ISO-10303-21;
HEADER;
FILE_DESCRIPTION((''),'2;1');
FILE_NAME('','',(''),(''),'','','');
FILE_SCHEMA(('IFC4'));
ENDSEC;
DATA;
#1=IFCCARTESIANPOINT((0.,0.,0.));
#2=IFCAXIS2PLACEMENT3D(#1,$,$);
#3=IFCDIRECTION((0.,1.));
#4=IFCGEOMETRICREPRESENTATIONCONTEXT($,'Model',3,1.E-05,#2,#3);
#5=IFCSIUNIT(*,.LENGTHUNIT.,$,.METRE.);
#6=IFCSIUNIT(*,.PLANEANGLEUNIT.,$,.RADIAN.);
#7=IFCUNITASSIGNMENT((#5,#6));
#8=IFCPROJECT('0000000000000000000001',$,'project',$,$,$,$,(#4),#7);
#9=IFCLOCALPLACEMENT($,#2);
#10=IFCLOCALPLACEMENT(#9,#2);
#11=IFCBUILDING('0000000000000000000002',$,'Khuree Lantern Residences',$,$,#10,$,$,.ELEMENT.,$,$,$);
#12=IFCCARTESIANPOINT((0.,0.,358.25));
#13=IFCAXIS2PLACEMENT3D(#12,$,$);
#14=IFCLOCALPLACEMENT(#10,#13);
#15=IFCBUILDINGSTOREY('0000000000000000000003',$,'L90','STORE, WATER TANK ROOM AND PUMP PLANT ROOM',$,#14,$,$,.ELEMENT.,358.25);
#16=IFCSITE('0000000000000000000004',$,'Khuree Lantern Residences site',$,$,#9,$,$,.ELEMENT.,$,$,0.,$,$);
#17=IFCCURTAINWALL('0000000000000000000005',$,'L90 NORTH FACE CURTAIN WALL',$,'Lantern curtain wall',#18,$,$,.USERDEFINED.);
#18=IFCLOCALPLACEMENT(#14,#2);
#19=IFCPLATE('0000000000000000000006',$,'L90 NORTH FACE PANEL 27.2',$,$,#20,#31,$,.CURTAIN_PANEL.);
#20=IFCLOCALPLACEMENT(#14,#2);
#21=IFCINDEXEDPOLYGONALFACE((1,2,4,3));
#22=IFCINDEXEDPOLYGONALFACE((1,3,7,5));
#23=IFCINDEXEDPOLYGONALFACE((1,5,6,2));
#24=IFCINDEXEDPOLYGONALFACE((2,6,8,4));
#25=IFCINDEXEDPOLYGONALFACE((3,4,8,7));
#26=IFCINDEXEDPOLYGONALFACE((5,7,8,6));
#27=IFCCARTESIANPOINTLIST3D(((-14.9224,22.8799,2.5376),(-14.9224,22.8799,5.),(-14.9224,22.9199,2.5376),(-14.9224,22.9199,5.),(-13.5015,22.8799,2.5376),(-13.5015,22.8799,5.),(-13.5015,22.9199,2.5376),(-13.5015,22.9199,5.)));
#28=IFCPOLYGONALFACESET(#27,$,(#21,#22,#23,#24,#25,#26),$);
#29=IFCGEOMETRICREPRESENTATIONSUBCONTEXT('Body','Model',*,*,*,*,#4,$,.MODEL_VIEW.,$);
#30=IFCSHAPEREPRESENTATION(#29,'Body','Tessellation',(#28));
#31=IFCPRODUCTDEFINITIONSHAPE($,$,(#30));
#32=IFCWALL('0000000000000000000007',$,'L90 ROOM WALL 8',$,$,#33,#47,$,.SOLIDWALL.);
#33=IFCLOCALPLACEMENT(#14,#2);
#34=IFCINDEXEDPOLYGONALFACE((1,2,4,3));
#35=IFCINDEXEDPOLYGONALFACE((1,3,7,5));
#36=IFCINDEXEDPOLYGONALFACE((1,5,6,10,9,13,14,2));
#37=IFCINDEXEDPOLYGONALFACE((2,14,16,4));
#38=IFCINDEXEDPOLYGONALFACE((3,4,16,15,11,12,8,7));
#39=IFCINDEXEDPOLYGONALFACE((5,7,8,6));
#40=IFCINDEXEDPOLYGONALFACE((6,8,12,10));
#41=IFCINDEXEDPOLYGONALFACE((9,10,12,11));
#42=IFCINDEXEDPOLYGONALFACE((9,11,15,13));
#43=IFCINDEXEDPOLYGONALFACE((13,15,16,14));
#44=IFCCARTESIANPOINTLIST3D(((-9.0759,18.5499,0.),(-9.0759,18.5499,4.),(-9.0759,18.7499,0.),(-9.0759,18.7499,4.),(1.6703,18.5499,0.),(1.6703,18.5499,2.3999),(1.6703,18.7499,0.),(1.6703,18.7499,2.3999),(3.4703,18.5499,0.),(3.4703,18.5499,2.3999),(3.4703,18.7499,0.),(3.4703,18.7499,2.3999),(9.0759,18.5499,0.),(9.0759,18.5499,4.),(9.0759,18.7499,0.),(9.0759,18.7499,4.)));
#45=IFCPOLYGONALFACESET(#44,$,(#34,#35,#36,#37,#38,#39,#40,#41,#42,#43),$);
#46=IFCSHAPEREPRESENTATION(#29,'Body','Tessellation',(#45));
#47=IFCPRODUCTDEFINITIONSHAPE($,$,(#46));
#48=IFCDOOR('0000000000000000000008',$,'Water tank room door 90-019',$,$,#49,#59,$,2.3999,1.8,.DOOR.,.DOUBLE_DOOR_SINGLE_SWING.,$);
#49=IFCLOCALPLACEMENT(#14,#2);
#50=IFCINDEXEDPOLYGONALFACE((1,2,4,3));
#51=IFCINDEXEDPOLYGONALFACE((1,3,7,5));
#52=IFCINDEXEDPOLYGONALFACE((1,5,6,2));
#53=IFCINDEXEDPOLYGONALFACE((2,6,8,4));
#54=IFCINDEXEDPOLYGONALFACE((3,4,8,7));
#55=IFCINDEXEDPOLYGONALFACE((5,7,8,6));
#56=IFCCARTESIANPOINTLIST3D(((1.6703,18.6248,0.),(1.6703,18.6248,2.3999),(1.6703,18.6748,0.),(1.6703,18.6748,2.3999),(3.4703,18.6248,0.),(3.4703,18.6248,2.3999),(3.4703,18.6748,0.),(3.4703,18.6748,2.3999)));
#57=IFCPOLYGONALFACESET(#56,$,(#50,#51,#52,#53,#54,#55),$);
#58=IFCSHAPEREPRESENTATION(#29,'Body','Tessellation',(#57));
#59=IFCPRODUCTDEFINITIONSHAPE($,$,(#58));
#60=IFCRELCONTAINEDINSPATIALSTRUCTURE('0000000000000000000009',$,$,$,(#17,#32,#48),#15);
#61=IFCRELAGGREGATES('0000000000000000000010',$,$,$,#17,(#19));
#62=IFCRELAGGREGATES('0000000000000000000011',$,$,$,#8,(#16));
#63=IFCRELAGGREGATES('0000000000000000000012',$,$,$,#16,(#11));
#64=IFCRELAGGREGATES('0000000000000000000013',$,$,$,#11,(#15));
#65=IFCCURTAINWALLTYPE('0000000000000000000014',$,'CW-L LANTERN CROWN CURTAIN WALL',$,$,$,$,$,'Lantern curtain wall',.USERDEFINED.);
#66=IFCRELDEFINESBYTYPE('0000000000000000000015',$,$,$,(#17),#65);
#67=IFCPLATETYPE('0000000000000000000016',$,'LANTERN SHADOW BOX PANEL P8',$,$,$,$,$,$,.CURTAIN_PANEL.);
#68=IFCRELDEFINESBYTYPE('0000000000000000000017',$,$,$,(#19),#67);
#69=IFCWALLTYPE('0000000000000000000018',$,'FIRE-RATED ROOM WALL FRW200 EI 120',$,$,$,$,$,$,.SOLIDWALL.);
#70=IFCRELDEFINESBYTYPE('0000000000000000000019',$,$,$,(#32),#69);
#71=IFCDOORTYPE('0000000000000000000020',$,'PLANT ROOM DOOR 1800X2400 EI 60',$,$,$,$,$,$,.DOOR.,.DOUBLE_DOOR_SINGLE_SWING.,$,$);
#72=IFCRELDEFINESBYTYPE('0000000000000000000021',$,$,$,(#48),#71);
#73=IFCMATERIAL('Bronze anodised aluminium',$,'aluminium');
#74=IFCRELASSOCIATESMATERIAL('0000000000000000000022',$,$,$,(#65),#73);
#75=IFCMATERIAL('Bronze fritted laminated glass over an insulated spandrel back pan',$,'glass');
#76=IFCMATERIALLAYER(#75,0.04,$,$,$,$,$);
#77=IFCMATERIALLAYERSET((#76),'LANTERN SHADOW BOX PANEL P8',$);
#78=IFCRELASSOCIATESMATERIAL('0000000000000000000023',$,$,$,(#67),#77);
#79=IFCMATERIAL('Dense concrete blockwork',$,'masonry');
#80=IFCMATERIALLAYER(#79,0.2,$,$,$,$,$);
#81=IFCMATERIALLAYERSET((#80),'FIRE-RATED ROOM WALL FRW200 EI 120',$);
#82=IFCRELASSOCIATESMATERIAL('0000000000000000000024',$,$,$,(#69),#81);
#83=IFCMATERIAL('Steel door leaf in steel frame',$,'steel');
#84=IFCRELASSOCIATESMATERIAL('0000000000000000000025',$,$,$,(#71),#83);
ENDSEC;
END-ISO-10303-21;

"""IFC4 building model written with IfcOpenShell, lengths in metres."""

from ifc_helpers import new_model, si_unit, direction, frame, frame_2d, origin, origin_2d, place, context, subcontext, project, spatial, rectangle, extrude, material, layer, layer_set, type_object, element, fill, aggregate, save


model = new_model("IFC4")

# Units and contexts
model_context = context("Model", 3, precision=1e-05, world=origin(), true_north=direction((0.0, 1.0)))
body_context = subcontext(model_context, "Body", "Model", "MODEL_VIEW")
ifc_project = project(units=[si_unit("LENGTHUNIT", "METRE"), si_unit("PLANEANGLEUNIT", "RADIAN")], contexts=[model_context])

# Site, building, storey
site_placement = place(None, origin())
site = spatial("IfcSite", under=ifc_project, at=site_placement, Name="Khuree Lantern Residences site", CompositionType="ELEMENT", RefElevation=0.0)
building_placement = place(site_placement, origin())
building = spatial("IfcBuilding", under=site, at=building_placement, Name="Khuree Lantern Residences", CompositionType="ELEMENT")
storey_placement = place(building_placement, frame((0.0, 0.0, 358.25)))
storey = spatial("IfcBuildingStorey", under=building, at=storey_placement, Name="L90", Description="STORE, WATER TANK ROOM AND PUMP PLANT ROOM", CompositionType="ELEMENT", Elevation=358.25)

# Curtain wall
ifc_material_1 = material(Name="Bronze anodised aluminium", Category="aluminium")
curtain_wall_type = type_object("IfcCurtainWallType", Name="CW-L LANTERN CROWN CURTAIN WALL", ElementType="Lantern curtain wall", PredefinedType="USERDEFINED", material=ifc_material_1)
curtain_wall_placement = place(storey_placement, origin())
curtain_wall = element("IfcCurtainWall", 1, at=curtain_wall_placement, inside=storey, type_object=curtain_wall_type, Name="L90 NORTH FACE CURTAIN WALL", ObjectType="Lantern curtain wall", PredefinedType="USERDEFINED")

# Plate
ifc_material_2 = material(Name="Bronze fritted laminated glass over an insulated spandrel back pan", Category="glass")
ifc_layer_1 = layer(ifc_material_2, 0.04)
ifc_layer_set_1 = layer_set([ifc_layer_1], Name="LANTERN SHADOW BOX PANEL P8")
plate_type = type_object("IfcPlateType", Name="LANTERN SHADOW BOX PANEL P8", PredefinedType="CURTAIN_PANEL", material=ifc_layer_set_1)
plate_1_placement = place(storey_placement, frame((-14.2119, 22.8999, 2.5376), z_axis=(0.0, 0.0, 1.0), x_axis=(-1.0, 0.0, 0.0)))
plate_1 = element("IfcPlate", 2, at=plate_1_placement, type_object=plate_type, Name="L90 NORTH FACE PANEL 27.2", PredefinedType="CURTAIN_PANEL", context=body_context, shape_type="SweptSolid", body=[
    extrude(rectangle(XDim=1.4209, YDim=0.04, at=origin_2d()), origin(), (0.0, 0.0, 1.0), 2.4624),
])
aggregate(curtain_wall, [plate_1])

# Wall, opening, door
ifc_material_3 = material(Name="Dense concrete blockwork", Category="masonry")
ifc_layer_2 = layer(ifc_material_3, 0.2)
ifc_layer_set_2 = layer_set([ifc_layer_2], Name="FIRE-RATED ROOM WALL FRW200 EI 120")
wall_type = type_object("IfcWallType", Name="FIRE-RATED ROOM WALL FRW200 EI 120", PredefinedType="SOLIDWALL", material=ifc_layer_set_2)
wall_placement = place(storey_placement, frame((-9.0759, 18.6499, 0.0), z_axis=(0.0, 0.0, 1.0), x_axis=(1.0, 0.0, 0.0)))
wall = element("IfcWall", 3, at=wall_placement, inside=storey, type_object=wall_type, Name="L90 ROOM WALL 8", PredefinedType="SOLIDWALL", context=body_context, shape_type="SweptSolid", body=[
    extrude(rectangle(XDim=18.1519, YDim=0.2, at=frame_2d((9.0759, 0.0))), origin(), (0.0, 0.0, 1.0), 4.0),
])
opening_placement = place(wall_placement, frame((10.7463, 0.0, 0.0)))
opening = element("IfcOpeningElement", 4, at=opening_placement, cuts=wall, PredefinedType="OPENING", context=body_context, shape_type="SweptSolid", body=[
    extrude(rectangle(XDim=1.8, YDim=2.3999, at=frame_2d((0.8999, 1.2))), frame((0.0, 0.1099, 0.0), z_axis=(0.0, -1.0, 0.0), x_axis=(1.0, 0.0, 0.0)), (0.0, 0.0, 1.0), 0.22),
])
ifc_material_4 = material(Name="Steel door leaf in steel frame", Category="steel")
door_type = type_object("IfcDoorType", Name="PLANT ROOM DOOR 1800X2400 EI 60", OperationType="DOUBLE_DOOR_SINGLE_SWING", PredefinedType="DOOR", material=ifc_material_4)
door_placement = place(opening_placement, origin())
door = element("IfcDoor", 5, at=door_placement, inside=storey, type_object=door_type, Name="Water tank room door 90-019", OperationType="DOUBLE_DOOR_SINGLE_SWING", OverallHeight=2.3999, OverallWidth=1.8, PredefinedType="DOOR", context=body_context, shape_type="SweptSolid", body=[
    extrude(rectangle(XDim=1.8, YDim=2.3999, at=frame_2d((0.8999, 1.2))), frame((0.0, 0.0249, 0.0), z_axis=(0.0, -1.0, 0.0), x_axis=(1.0, 0.0, 0.0)), (0.0, 0.0, 1.0), 0.05),
])
fill(opening, door)

save(model, "model.ifc")
